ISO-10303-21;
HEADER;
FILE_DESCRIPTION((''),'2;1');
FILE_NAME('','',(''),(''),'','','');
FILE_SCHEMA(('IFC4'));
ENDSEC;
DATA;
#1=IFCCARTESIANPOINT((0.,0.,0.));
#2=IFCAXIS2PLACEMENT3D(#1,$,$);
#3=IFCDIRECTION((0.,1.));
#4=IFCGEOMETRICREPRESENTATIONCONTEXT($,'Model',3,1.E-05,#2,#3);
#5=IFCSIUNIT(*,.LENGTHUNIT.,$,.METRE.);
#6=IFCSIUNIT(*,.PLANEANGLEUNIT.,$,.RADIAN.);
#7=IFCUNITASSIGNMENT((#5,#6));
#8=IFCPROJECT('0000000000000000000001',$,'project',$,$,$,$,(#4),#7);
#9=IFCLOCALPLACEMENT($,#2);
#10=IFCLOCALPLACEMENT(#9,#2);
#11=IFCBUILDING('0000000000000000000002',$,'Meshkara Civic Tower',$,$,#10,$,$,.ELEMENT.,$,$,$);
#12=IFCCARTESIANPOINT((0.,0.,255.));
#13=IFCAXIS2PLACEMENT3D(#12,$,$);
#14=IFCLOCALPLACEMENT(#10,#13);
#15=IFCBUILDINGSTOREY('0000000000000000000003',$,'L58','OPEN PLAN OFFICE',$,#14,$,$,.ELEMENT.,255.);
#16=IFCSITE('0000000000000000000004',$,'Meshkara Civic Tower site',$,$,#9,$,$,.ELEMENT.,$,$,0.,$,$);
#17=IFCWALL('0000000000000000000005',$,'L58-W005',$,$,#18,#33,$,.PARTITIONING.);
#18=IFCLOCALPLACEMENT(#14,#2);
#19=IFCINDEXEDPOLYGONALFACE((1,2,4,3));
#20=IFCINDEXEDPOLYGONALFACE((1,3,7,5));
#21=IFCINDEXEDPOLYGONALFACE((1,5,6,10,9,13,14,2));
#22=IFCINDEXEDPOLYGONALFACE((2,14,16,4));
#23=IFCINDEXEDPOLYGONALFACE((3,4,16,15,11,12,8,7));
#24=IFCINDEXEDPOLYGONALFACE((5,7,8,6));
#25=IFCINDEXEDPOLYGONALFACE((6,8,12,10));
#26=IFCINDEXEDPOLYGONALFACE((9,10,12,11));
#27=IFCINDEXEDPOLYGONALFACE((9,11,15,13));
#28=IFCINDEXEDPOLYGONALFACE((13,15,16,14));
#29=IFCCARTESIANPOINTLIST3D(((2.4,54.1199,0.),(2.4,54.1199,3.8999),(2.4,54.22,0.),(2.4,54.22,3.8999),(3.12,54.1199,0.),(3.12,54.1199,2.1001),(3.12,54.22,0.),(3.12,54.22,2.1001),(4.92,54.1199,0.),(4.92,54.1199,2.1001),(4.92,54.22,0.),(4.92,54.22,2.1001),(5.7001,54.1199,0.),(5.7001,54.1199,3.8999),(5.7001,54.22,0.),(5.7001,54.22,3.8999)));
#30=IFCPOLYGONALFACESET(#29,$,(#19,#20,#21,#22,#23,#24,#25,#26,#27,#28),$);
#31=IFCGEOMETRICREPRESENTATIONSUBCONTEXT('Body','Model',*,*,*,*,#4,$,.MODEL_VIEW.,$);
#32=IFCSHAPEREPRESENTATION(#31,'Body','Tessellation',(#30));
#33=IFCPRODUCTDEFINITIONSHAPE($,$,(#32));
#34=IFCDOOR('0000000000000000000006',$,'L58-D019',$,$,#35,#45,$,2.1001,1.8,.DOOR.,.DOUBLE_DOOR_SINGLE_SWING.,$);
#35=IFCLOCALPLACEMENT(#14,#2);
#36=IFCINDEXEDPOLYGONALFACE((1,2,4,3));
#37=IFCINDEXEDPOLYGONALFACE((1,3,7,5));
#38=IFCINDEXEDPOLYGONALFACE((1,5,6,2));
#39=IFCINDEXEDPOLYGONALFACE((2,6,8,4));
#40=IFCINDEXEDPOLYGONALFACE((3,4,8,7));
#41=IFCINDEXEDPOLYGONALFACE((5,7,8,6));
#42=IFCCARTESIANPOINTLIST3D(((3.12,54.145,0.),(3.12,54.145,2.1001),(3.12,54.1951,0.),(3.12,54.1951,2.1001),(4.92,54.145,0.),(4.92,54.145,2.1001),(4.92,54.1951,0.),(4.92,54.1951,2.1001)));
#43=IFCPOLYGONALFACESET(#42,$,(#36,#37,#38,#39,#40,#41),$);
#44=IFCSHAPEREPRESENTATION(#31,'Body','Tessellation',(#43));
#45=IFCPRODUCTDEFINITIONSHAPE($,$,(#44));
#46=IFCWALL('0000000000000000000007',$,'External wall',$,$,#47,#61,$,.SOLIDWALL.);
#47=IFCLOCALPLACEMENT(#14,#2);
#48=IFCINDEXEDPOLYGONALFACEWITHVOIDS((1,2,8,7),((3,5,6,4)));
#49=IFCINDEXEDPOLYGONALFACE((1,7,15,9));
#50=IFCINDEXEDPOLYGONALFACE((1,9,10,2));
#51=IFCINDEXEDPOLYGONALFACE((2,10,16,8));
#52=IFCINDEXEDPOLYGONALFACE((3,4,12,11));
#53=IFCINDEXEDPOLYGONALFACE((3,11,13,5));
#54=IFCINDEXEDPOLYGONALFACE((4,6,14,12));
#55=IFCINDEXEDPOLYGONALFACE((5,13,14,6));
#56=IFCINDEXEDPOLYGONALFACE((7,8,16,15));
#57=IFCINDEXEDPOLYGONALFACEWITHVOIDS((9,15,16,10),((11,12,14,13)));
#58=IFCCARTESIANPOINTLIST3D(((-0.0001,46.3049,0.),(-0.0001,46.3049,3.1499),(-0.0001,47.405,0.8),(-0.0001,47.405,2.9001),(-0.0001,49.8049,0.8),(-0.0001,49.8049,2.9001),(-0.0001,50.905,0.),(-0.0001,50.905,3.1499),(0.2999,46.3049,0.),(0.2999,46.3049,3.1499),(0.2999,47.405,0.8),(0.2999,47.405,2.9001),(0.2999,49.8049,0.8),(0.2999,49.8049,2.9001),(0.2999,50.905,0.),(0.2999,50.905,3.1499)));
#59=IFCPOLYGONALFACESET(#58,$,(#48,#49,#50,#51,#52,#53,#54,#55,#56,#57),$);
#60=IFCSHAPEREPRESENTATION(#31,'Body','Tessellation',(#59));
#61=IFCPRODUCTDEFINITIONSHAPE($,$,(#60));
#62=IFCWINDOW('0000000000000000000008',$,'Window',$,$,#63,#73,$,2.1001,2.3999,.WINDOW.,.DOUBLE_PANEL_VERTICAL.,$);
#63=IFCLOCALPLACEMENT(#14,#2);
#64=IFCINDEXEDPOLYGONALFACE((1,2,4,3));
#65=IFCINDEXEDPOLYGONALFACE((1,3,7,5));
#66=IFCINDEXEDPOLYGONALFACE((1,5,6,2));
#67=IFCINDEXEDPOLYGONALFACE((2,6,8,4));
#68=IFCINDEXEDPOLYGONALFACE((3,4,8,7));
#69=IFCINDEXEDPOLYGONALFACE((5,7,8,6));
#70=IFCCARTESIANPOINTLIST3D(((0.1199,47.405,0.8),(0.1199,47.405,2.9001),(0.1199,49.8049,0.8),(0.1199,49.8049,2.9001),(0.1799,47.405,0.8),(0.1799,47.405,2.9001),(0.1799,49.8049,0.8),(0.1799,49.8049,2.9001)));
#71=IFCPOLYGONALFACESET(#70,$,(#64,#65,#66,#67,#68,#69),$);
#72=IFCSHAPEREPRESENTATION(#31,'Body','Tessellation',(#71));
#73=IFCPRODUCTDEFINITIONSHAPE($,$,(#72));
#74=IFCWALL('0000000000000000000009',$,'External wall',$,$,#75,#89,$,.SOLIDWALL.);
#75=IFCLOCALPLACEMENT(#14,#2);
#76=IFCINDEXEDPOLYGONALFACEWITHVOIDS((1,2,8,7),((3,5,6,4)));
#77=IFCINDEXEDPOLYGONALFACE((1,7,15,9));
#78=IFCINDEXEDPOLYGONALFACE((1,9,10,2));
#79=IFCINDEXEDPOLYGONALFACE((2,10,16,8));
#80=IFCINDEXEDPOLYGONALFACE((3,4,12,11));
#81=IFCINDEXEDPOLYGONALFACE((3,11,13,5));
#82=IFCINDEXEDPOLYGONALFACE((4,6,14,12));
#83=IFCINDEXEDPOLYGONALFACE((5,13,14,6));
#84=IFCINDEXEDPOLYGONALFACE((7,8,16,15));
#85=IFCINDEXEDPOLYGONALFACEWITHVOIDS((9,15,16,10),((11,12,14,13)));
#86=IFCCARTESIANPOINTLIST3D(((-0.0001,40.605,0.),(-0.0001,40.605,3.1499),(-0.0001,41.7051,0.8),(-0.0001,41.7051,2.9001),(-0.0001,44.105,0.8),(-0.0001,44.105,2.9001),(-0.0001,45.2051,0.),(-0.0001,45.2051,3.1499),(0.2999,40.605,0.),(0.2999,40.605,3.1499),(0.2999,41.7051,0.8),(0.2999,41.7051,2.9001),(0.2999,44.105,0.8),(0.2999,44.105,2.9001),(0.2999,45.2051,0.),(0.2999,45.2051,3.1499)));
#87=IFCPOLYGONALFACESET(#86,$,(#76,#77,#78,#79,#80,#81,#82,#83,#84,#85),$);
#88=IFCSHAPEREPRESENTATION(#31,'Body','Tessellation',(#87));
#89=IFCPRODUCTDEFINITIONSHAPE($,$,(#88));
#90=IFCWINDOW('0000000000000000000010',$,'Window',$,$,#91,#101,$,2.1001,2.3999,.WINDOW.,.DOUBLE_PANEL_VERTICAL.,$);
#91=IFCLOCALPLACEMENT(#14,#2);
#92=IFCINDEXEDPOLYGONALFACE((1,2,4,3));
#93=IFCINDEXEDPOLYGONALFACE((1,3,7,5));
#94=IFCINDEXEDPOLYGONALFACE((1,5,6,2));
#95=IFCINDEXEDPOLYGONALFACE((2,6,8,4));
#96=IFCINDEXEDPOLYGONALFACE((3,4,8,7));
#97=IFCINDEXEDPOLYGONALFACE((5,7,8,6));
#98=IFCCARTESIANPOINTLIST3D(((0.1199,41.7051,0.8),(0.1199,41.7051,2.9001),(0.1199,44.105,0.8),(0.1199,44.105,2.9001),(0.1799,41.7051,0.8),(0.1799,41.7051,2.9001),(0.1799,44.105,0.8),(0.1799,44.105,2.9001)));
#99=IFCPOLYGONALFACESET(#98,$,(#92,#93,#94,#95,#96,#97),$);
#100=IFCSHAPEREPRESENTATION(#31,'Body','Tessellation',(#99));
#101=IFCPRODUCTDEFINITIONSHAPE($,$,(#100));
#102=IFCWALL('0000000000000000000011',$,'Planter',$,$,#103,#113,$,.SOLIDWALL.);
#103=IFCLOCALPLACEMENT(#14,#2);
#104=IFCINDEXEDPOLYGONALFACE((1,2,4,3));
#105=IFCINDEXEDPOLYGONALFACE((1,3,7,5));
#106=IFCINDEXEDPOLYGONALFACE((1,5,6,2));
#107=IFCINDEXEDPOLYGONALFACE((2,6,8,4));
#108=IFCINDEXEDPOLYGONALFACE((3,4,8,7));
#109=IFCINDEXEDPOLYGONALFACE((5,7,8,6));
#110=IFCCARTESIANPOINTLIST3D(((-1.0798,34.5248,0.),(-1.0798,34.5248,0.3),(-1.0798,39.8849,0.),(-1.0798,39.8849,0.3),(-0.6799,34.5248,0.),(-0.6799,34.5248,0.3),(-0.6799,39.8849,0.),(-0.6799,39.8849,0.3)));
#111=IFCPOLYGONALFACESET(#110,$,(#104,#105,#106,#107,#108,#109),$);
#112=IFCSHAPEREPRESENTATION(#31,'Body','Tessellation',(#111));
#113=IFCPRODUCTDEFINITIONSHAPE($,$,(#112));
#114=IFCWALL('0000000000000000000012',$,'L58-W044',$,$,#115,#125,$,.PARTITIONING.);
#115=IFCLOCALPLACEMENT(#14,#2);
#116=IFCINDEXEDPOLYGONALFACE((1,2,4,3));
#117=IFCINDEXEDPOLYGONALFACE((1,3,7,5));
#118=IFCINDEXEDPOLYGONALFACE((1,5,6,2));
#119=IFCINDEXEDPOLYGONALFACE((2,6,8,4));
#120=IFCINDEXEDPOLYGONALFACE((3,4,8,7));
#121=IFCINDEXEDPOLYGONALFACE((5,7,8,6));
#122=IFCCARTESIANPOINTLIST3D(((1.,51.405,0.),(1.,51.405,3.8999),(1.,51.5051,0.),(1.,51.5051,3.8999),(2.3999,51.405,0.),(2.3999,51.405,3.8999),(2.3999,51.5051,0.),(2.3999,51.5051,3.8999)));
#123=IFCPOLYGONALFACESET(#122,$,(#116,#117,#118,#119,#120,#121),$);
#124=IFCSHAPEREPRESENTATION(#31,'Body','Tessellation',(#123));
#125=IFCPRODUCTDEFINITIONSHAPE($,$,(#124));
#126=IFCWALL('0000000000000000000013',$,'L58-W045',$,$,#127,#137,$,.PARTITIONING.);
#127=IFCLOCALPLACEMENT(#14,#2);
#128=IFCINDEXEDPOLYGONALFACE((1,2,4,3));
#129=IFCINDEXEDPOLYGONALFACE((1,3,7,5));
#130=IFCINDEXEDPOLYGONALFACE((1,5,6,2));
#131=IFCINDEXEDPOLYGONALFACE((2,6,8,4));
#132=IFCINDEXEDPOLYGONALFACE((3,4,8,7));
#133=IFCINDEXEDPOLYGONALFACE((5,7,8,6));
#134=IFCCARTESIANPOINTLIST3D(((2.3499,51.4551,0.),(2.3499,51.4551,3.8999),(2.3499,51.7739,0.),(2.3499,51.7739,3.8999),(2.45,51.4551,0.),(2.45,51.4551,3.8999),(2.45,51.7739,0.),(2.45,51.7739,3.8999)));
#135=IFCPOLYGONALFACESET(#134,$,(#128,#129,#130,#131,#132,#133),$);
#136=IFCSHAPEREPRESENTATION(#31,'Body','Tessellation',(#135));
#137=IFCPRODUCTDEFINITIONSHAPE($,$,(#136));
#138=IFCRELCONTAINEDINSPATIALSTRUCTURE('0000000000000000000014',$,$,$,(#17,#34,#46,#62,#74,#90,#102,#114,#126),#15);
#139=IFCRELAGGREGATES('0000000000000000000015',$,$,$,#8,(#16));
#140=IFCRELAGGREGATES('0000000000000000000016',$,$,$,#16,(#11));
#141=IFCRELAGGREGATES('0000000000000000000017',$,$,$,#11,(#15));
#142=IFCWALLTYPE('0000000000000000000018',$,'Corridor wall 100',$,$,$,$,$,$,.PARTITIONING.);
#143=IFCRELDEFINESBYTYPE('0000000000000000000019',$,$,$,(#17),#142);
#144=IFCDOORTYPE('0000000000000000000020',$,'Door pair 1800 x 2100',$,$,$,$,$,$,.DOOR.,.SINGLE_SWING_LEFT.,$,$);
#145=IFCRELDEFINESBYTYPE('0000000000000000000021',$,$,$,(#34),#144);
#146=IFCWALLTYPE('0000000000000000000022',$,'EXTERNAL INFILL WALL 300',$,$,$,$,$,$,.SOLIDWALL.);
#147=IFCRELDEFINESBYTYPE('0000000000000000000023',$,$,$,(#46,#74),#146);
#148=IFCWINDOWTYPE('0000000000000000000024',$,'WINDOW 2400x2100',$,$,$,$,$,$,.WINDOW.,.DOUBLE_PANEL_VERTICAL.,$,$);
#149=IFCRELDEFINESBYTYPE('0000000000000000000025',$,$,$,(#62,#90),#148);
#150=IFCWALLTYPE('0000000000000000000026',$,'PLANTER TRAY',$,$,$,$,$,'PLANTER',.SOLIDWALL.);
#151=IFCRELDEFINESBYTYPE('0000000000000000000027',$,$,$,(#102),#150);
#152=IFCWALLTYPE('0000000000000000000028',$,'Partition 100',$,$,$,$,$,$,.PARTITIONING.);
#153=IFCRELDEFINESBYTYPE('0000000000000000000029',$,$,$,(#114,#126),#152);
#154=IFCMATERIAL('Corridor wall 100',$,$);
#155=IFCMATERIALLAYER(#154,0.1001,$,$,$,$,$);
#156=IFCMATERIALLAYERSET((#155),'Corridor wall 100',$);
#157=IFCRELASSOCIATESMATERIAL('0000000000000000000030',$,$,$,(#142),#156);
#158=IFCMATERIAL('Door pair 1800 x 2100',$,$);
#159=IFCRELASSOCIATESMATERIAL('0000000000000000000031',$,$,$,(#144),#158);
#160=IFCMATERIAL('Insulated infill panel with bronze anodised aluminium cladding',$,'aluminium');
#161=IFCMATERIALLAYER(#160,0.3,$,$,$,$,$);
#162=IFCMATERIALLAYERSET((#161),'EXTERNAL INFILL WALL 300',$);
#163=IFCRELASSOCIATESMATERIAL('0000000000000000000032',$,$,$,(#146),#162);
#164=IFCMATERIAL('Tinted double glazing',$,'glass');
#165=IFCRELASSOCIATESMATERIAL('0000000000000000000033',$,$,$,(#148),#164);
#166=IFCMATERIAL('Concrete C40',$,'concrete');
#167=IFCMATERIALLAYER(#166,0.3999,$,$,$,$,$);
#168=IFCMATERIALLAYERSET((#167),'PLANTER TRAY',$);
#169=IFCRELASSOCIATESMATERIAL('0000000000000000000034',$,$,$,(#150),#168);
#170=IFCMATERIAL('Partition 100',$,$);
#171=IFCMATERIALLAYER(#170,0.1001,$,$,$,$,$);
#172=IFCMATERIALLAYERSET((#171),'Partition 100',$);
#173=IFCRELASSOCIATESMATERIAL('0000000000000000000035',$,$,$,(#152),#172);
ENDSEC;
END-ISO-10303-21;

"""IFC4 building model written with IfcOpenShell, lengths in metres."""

from ifc_helpers import new_model, si_unit, direction, frame, frame_2d, origin, place, context, subcontext, project, spatial, rectangle, extrude, material, layer, layer_set, type_object, element, fill, save


model = new_model("IFC4")

# Units and contexts
model_context = context("Model", 3, precision=1e-05, world=origin(), true_north=direction((0.0, 1.0)))
body_context = subcontext(model_context, "Body", "Model", "MODEL_VIEW")
ifc_project = project(units=[si_unit("LENGTHUNIT", "METRE"), si_unit("PLANEANGLEUNIT", "RADIAN")], contexts=[model_context])

# Site, building, storey
site_placement = place(None, origin())
site = spatial("IfcSite", under=ifc_project, at=site_placement, Name="Meshkara Civic Tower site", CompositionType="ELEMENT", RefElevation=0.0)
building_placement = place(site_placement, origin())
building = spatial("IfcBuilding", under=site, at=building_placement, Name="Meshkara Civic Tower", CompositionType="ELEMENT")
storey_placement = place(building_placement, frame((0.0, 0.0, 255.0)))
storey = spatial("IfcBuildingStorey", under=building, at=storey_placement, Name="L58", Description="OPEN PLAN OFFICE", CompositionType="ELEMENT", Elevation=255.0)

# Shared definitions
ifc_material_1 = material(Name="Corridor wall 100")
ifc_layer_1 = layer(ifc_material_1, 0.1001)
ifc_layer_set_1 = layer_set([ifc_layer_1], Name="Corridor wall 100")
wall_type_1 = type_object("IfcWallType", Name="Corridor wall 100", PredefinedType="PARTITIONING", material=ifc_layer_set_1)
ifc_material_2 = material(Name="Door pair 1800 x 2100")
door_type = type_object("IfcDoorType", Name="Door pair 1800 x 2100", OperationType="SINGLE_SWING_LEFT", PredefinedType="DOOR", material=ifc_material_2)

# Wall, opening, door
wall_1_placement = place(storey_placement, frame((5.7, 54.1699, 0.0), z_axis=(0.0, 0.0, 1.0), x_axis=(-1.0, 0.0, 0.0)))
wall_1 = element("IfcWall", 1, at=wall_1_placement, inside=storey, type_object=wall_type_1, Name="L58-W005", PredefinedType="PARTITIONING", context=body_context, shape_type="SweptSolid", body=[
    extrude(rectangle(XDim=3.3, YDim=0.1001, at=frame_2d((1.6499, 0.0))), origin(), (0.0, 0.0, 1.0), 3.8999),
])
opening_1_placement = place(wall_1_placement, frame((0.78, 0.0, 0.0)))
opening_1 = element("IfcOpeningElement", 2, at=opening_1_placement, cuts=wall_1, PredefinedType="OPENING", context=body_context, shape_type="SweptSolid", body=[
    extrude(rectangle(XDim=1.8, YDim=2.1001, at=frame_2d((0.8999, 1.05))), frame((0.0, 0.0601, 0.0), z_axis=(0.0, -1.0, 0.0), x_axis=(1.0, 0.0, 0.0)), (0.0, 0.0, 1.0), 0.1201),
])
door_1_placement = place(opening_1_placement, origin())
door_1 = element("IfcDoor", 3, at=door_1_placement, inside=storey, type_object=door_type, Name="L58-D019", OperationType="DOUBLE_DOOR_SINGLE_SWING", OverallHeight=2.1001, OverallWidth=1.8, PredefinedType="DOOR", context=body_context, shape_type="SweptSolid", body=[
    extrude(rectangle(XDim=1.8, YDim=2.1001, at=frame_2d((0.8999, 1.05))), frame((0.0, 0.0249, 0.0), z_axis=(0.0, -1.0, 0.0), x_axis=(1.0, 0.0, 0.0)), (0.0, 0.0, 1.0), 0.05),
])
fill(opening_1, door_1)

# Walls, openings, windows
ifc_material_3 = material(Name="Insulated infill panel with bronze anodised aluminium cladding", Category="aluminium")
ifc_layer_2 = layer(ifc_material_3, 0.3)
ifc_layer_set_2 = layer_set([ifc_layer_2], Name="EXTERNAL INFILL WALL 300")
wall_type_2 = type_object("IfcWallType", Name="EXTERNAL INFILL WALL 300", PredefinedType="SOLIDWALL", material=ifc_layer_set_2)
wall_2_placement = place(storey_placement, frame((0.1499, 50.905, 0.0), z_axis=(0.0, 0.0, 1.0), x_axis=(0.0, -1.0, 0.0)))
wall_2 = element("IfcWall", 4, at=wall_2_placement, inside=storey, type_object=wall_type_2, Name="External wall", PredefinedType="SOLIDWALL", context=body_context, shape_type="SweptSolid", body=[
    extrude(rectangle(XDim=4.6001, YDim=0.3, at=frame_2d((2.3, 0.0))), origin(), (0.0, 0.0, 1.0), 3.1499),
])
opening_2_placement = place(wall_2_placement, frame((1.1001, 0.0, 0.8)))
opening_2 = element("IfcOpeningElement", 5, at=opening_2_placement, cuts=wall_2, PredefinedType="OPENING", context=body_context, shape_type="SweptSolid", body=[
    extrude(rectangle(XDim=2.3999, YDim=2.1001, at=frame_2d((1.2, 1.05))), frame((0.0, 0.1599, 0.0), z_axis=(0.0, -1.0, 0.0), x_axis=(1.0, 0.0, 0.0)), (0.0, 0.0, 1.0), 0.3201),
])
ifc_material_4 = material(Name="Tinted double glazing", Category="glass")
window_type = type_object("IfcWindowType", Name="WINDOW 2400x2100", PartitioningType="DOUBLE_PANEL_VERTICAL", PredefinedType="WINDOW", material=ifc_material_4)
window_1_placement = place(opening_2_placement, origin())
window_1 = element("IfcWindow", 6, at=window_1_placement, inside=storey, type_object=window_type, Name="Window", OverallHeight=2.1001, OverallWidth=2.3999, PartitioningType="DOUBLE_PANEL_VERTICAL", PredefinedType="WINDOW", context=body_context, shape_type="SweptSolid", body=[
    extrude(rectangle(XDim=2.3999, YDim=2.1001, at=frame_2d((1.2, 1.05))), frame((0.0, 0.03, 0.0), z_axis=(0.0, -1.0, 0.0), x_axis=(1.0, 0.0, 0.0)), (0.0, 0.0, 1.0), 0.0601),
])
fill(opening_2, window_1)
wall_3_placement = place(storey_placement, frame((0.1499, 45.2051, 0.0), z_axis=(0.0, 0.0, 1.0), x_axis=(0.0, -1.0, 0.0)))
wall_3 = element("IfcWall", 7, at=wall_3_placement, inside=storey, type_object=wall_type_2, Name="External wall", PredefinedType="SOLIDWALL", context=body_context, shape_type="SweptSolid", body=[
    extrude(rectangle(XDim=4.6001, YDim=0.3, at=frame_2d((2.3, 0.0))), origin(), (0.0, 0.0, 1.0), 3.1499),
])
opening_3_placement = place(wall_3_placement, frame((1.1001, 0.0, 0.8)))
opening_3 = element("IfcOpeningElement", 8, at=opening_3_placement, cuts=wall_3, PredefinedType="OPENING", context=body_context, shape_type="SweptSolid", body=[
    extrude(rectangle(XDim=2.3999, YDim=2.1001, at=frame_2d((1.2, 1.05))), frame((0.0, 0.1599, 0.0), z_axis=(0.0, -1.0, 0.0), x_axis=(1.0, 0.0, 0.0)), (0.0, 0.0, 1.0), 0.3201),
])
window_2_placement = place(opening_3_placement, origin())
window_2 = element("IfcWindow", 9, at=window_2_placement, inside=storey, type_object=window_type, Name="Window", OverallHeight=2.1001, OverallWidth=2.3999, PartitioningType="DOUBLE_PANEL_VERTICAL", PredefinedType="WINDOW", context=body_context, shape_type="SweptSolid", body=[
    extrude(rectangle(XDim=2.3999, YDim=2.1001, at=frame_2d((1.2, 1.05))), frame((0.0, 0.03, 0.0), z_axis=(0.0, -1.0, 0.0), x_axis=(1.0, 0.0, 0.0)), (0.0, 0.0, 1.0), 0.0601),
])
fill(opening_3, window_2)

# Walls
ifc_material_5 = material(Name="Concrete C40", Category="concrete")
ifc_layer_3 = layer(ifc_material_5, 0.3999)
ifc_layer_set_3 = layer_set([ifc_layer_3], Name="PLANTER TRAY")
wall_type_3 = type_object("IfcWallType", Name="PLANTER TRAY", ElementType="PLANTER", PredefinedType="SOLIDWALL", material=ifc_layer_set_3)
wall_4_placement = place(storey_placement, frame((-0.8799, 39.885, 0.0), z_axis=(0.0, 0.0, 1.0), x_axis=(0.0, -1.0, 0.0)))
element("IfcWall", 10, at=wall_4_placement, inside=storey, type_object=wall_type_3, Name="Planter", PredefinedType="SOLIDWALL", context=body_context, shape_type="SweptSolid", body=[
    extrude(rectangle(XDim=5.3601, YDim=0.3999, at=frame_2d((2.6802, 0.0))), origin(), (0.0, 0.0, 1.0), 0.3),
])
ifc_material_6 = material(Name="Partition 100")
ifc_layer_4 = layer(ifc_material_6, 0.1001)
ifc_layer_set_4 = layer_set([ifc_layer_4], Name="Partition 100")
wall_type_4 = type_object("IfcWallType", Name="Partition 100", PredefinedType="PARTITIONING", material=ifc_layer_set_4)
wall_5_placement = place(storey_placement, frame((2.3999, 51.4551, 0.0), z_axis=(0.0, 0.0, 1.0), x_axis=(-1.0, 0.0, 0.0)))
element("IfcWall", 11, at=wall_5_placement, inside=storey, type_object=wall_type_4, Name="L58-W044", PredefinedType="PARTITIONING", context=body_context, shape_type="SweptSolid", body=[
    extrude(rectangle(XDim=1.3999, YDim=0.1001, at=frame_2d((0.7, 0.0))), origin(), (0.0, 0.0, 1.0), 3.8999),
])
wall_6_placement = place(storey_placement, frame((2.3999, 51.7739, 0.0), z_axis=(0.0, 0.0, 1.0), x_axis=(0.0, -1.0, 0.0)))
element("IfcWall", 12, at=wall_6_placement, inside=storey, type_object=wall_type_4, Name="L58-W045", PredefinedType="PARTITIONING", context=body_context, shape_type="SweptSolid", body=[
    extrude(rectangle(XDim=0.3188, YDim=0.1001, at=frame_2d((0.1594, 0.0))), origin(), (0.0, 0.0, 1.0), 3.8999),
])

save(model, "model.ifc")
